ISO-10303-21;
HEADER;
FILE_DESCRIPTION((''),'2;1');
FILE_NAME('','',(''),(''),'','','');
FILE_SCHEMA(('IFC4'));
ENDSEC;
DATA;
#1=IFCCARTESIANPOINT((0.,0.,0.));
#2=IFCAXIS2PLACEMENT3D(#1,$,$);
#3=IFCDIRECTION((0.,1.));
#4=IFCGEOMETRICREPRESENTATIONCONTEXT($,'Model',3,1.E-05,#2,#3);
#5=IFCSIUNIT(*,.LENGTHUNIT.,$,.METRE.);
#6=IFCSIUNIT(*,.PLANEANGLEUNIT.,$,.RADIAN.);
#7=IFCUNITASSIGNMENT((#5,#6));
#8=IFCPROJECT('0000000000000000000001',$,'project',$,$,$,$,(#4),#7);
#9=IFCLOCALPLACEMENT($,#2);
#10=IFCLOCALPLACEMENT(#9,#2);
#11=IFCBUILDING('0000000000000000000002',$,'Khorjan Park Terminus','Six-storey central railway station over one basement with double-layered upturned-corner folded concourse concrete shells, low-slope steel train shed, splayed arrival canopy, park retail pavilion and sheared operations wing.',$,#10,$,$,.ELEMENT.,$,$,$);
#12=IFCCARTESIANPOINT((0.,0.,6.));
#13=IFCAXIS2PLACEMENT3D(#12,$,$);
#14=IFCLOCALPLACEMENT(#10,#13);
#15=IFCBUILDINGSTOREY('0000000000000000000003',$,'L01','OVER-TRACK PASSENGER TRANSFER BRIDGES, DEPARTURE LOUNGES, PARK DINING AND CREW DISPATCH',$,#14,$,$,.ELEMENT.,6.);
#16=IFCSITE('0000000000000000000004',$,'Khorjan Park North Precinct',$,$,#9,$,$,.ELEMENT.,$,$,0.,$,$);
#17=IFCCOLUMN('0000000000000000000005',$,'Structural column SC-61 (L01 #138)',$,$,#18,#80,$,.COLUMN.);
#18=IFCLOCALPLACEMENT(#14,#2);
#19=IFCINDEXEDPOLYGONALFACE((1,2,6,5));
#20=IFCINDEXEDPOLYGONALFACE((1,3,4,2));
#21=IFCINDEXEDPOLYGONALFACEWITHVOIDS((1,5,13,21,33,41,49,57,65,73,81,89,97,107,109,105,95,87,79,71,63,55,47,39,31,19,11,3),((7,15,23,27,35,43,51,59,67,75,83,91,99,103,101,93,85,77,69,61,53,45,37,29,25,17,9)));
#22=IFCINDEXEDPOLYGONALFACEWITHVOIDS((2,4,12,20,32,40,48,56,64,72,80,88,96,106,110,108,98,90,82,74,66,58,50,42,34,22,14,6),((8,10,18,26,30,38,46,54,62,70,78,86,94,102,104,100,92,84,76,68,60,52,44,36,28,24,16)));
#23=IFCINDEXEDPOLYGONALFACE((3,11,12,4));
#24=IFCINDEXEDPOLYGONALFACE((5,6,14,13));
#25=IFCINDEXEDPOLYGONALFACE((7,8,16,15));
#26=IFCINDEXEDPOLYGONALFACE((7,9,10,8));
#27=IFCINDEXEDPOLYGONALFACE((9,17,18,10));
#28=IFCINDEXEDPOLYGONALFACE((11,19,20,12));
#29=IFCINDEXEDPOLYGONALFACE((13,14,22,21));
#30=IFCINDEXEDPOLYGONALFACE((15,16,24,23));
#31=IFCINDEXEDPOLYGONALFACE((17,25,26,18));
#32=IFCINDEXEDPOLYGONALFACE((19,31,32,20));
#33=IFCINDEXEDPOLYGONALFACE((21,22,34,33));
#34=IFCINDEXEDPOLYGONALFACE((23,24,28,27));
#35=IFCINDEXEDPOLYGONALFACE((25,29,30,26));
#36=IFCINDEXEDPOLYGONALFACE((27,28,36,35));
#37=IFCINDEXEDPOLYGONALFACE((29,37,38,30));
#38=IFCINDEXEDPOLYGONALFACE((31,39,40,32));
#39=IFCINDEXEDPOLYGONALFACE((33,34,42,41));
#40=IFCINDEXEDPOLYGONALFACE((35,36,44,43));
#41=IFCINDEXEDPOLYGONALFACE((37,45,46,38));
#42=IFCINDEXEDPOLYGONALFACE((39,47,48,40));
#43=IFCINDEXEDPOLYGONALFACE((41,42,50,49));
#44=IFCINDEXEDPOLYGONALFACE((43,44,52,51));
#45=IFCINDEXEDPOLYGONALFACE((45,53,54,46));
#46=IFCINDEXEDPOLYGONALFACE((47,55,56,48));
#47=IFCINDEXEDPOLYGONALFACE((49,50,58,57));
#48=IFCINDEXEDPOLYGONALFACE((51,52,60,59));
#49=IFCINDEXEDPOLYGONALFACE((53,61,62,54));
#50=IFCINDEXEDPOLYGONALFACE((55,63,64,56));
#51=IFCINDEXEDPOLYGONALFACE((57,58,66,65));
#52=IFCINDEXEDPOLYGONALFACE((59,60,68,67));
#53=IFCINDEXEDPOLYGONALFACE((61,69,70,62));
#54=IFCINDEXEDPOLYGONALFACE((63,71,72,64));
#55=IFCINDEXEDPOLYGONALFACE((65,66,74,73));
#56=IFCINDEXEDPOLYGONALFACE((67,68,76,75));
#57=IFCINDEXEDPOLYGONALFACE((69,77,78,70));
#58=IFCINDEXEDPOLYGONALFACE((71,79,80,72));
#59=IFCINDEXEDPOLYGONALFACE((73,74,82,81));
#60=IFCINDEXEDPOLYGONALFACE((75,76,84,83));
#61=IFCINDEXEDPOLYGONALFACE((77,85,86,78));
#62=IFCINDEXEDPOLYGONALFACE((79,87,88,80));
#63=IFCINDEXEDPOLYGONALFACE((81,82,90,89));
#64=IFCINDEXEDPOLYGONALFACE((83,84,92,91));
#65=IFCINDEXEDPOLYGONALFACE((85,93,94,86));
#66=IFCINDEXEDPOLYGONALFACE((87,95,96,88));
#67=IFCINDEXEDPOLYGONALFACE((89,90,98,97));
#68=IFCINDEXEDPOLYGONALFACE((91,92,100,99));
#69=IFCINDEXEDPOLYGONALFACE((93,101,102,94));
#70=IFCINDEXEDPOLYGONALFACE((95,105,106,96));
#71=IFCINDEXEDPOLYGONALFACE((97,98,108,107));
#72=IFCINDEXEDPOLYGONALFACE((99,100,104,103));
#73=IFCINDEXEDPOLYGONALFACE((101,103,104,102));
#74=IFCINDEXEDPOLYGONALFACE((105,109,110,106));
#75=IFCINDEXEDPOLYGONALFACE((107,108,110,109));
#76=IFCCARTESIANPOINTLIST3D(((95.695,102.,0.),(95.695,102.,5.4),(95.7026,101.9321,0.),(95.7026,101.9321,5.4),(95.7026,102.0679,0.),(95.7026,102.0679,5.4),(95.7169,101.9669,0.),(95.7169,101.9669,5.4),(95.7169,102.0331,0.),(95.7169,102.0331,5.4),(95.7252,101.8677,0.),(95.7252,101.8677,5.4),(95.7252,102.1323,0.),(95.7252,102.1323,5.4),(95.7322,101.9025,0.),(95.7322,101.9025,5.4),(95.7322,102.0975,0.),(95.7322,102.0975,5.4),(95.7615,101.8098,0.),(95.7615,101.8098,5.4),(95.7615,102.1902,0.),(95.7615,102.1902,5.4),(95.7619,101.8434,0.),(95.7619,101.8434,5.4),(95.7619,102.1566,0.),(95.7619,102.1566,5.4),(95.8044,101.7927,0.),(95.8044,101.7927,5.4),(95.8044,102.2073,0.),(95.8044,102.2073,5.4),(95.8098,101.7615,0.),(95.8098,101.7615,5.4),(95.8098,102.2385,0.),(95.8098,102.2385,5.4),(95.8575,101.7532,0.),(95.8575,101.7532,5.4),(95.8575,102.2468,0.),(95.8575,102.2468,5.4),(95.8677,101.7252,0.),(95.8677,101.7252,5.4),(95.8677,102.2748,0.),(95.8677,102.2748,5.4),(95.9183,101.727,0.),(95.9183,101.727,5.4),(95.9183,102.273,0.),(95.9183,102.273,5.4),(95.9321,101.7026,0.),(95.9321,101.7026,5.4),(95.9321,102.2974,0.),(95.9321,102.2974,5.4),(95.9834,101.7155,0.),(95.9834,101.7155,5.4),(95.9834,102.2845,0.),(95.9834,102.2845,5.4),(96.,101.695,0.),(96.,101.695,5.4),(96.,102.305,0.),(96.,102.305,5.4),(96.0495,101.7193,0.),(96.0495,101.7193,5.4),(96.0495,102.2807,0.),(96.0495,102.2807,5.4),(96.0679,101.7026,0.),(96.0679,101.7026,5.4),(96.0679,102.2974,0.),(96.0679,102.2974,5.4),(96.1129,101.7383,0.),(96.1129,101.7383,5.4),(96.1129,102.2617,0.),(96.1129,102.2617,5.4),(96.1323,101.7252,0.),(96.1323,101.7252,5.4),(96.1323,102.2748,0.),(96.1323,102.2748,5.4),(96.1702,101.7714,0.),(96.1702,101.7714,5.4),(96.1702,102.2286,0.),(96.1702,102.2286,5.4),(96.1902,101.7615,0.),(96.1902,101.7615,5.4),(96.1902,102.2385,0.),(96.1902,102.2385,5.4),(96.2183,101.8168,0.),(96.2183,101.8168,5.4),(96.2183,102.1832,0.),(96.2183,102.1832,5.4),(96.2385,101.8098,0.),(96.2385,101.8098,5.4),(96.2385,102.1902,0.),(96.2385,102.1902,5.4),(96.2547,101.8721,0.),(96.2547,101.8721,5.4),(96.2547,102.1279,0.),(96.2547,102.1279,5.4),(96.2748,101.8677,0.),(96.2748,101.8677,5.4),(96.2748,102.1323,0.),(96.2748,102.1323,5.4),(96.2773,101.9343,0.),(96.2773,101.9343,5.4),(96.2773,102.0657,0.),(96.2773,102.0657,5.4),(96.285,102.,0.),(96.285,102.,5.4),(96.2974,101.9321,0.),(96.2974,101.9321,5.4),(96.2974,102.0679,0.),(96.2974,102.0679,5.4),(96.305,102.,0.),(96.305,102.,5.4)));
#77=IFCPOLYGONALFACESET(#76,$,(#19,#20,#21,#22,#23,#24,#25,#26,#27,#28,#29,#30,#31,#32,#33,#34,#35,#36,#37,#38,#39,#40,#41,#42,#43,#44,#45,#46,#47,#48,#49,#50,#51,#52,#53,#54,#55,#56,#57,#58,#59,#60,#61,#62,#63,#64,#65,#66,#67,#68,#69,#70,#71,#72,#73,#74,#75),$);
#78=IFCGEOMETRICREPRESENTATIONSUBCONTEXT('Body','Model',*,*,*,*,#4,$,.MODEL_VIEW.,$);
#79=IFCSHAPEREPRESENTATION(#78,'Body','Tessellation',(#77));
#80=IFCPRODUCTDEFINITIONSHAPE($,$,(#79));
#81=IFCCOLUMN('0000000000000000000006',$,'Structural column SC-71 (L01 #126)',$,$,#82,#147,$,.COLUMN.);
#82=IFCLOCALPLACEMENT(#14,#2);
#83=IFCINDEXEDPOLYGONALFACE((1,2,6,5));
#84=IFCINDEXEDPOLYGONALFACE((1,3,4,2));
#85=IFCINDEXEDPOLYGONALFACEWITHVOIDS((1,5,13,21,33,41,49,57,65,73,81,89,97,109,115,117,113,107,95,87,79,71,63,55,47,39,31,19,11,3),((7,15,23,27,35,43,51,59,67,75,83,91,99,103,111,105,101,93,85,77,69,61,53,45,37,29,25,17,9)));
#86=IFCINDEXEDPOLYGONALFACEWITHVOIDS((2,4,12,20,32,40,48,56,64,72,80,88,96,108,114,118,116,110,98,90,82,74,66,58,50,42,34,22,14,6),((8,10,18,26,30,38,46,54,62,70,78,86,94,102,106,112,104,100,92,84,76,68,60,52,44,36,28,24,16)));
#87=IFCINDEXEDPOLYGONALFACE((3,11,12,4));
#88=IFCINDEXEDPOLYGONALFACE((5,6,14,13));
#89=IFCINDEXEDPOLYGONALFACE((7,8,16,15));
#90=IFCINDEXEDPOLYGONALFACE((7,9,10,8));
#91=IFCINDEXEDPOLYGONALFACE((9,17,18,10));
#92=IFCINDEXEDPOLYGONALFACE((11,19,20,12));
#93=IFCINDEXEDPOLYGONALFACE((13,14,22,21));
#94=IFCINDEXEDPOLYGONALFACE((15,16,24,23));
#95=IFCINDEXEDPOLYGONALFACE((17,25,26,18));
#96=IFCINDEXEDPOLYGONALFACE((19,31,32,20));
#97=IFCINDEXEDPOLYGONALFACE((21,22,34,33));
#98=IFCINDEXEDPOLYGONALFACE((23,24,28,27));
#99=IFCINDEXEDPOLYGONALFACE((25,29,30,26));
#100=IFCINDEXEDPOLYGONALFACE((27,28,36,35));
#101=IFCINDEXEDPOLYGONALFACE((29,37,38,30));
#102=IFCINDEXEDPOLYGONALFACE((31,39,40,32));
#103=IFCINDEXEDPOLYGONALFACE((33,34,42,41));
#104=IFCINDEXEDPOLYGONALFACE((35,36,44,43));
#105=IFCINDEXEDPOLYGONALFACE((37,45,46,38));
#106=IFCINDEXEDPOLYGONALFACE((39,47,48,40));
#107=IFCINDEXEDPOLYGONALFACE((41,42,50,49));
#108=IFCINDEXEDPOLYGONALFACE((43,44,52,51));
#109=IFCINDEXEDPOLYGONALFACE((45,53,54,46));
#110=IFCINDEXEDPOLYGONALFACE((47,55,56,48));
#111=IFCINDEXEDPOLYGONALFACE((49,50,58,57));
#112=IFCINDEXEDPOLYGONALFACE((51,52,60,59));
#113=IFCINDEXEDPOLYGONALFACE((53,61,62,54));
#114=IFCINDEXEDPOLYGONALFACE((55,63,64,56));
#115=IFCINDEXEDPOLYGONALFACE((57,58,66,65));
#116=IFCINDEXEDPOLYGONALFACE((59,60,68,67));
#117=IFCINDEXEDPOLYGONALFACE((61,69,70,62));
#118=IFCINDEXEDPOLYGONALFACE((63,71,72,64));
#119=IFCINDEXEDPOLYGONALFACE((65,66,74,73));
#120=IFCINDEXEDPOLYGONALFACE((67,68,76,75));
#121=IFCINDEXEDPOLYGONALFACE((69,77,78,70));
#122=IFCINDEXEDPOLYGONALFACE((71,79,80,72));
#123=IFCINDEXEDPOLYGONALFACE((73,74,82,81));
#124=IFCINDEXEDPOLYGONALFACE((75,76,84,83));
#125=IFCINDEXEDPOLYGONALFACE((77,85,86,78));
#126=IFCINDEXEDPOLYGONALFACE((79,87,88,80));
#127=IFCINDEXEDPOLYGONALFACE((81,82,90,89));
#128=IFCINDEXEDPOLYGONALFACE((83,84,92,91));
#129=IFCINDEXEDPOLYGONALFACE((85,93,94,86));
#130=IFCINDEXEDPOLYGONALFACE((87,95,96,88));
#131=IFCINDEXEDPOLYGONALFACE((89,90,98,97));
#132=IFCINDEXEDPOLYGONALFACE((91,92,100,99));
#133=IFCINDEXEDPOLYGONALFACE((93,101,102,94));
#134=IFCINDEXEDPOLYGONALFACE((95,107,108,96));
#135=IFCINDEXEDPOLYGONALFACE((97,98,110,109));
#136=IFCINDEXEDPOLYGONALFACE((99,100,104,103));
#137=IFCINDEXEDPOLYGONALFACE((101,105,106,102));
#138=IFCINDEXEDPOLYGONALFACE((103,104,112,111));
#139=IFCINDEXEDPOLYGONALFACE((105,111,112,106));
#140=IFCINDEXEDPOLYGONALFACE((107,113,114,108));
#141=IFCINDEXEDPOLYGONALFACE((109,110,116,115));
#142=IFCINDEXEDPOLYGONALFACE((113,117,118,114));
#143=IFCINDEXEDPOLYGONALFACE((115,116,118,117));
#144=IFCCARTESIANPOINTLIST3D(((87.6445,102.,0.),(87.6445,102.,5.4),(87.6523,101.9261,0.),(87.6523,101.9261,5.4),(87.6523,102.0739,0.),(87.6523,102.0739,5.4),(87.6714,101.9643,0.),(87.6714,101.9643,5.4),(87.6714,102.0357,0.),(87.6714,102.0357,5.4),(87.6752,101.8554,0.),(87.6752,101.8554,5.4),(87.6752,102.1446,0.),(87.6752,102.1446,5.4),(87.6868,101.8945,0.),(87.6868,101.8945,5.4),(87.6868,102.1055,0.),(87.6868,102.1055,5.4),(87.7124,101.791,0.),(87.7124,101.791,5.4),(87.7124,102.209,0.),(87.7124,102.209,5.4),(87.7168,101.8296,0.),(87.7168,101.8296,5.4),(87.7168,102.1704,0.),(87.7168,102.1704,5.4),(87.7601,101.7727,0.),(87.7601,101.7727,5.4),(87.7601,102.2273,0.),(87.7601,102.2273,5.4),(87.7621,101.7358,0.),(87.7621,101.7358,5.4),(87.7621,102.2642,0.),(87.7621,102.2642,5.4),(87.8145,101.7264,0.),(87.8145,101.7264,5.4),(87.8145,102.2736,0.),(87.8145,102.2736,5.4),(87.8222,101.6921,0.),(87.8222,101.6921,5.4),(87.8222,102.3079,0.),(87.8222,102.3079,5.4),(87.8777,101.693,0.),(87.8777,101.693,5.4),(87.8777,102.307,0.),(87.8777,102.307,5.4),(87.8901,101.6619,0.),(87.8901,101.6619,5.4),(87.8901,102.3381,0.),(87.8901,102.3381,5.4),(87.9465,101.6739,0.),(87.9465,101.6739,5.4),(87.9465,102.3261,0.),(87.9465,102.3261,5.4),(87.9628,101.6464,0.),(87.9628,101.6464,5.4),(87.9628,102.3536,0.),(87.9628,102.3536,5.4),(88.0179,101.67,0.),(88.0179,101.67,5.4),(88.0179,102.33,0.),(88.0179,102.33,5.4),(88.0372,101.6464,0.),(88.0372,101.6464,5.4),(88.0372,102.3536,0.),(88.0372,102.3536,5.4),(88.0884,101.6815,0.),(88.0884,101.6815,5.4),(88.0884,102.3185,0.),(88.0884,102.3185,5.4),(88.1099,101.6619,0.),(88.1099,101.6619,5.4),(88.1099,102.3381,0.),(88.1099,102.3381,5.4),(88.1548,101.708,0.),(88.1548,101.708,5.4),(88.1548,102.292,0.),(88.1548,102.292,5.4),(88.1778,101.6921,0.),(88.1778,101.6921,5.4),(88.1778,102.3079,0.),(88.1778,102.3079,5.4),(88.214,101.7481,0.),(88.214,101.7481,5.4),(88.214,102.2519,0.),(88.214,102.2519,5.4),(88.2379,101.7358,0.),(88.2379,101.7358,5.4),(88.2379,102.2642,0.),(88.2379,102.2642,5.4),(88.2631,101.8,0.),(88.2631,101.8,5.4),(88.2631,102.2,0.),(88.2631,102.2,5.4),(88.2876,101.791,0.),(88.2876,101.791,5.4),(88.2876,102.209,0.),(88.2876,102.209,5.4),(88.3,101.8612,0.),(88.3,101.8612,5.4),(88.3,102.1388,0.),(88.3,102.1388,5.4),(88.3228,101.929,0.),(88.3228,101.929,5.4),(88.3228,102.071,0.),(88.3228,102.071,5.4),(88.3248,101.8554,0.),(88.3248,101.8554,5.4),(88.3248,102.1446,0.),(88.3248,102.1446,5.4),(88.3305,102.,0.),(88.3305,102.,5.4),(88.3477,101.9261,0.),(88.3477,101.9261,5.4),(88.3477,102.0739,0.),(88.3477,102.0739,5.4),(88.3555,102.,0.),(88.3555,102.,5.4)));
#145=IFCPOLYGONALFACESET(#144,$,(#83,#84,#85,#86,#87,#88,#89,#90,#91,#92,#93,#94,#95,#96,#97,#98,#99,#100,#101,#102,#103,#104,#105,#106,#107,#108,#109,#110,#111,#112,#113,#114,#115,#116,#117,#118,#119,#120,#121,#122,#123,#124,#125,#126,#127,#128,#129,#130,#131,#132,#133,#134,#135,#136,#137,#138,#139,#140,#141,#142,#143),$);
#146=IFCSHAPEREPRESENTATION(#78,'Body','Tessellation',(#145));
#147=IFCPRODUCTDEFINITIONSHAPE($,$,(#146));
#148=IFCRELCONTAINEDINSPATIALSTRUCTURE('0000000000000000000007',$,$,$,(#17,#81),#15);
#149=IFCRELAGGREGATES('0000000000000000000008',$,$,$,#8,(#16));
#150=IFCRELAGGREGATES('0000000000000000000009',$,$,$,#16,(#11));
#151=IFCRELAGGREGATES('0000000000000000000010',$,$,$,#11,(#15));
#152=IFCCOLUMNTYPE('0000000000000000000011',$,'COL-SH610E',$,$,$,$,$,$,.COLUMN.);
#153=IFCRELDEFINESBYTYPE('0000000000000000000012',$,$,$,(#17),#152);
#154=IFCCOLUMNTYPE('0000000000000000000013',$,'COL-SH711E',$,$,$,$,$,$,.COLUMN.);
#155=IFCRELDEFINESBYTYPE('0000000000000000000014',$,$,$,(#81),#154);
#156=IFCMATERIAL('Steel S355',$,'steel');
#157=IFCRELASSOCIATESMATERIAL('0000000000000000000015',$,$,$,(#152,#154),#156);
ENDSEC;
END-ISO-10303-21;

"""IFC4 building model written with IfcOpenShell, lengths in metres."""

from ifc_helpers import new_model, si_unit, direction, frame, origin, origin_2d, place, context, subcontext, project, spatial, hollow_circle, extrude, material, material_profile, profile_set, type_object, element, save


model = new_model("IFC4")

# Units and contexts
model_context = context("Model", 3, precision=1e-05, world=origin(), true_north=direction((0.0, 1.0)))
body_context = subcontext(model_context, "Body", "Model", "MODEL_VIEW")
ifc_project = project(units=[si_unit("LENGTHUNIT", "METRE"), si_unit("PLANEANGLEUNIT", "RADIAN")], contexts=[model_context])

# Site, building, storey
site_placement = place(None, origin())
site = spatial("IfcSite", under=ifc_project, at=site_placement, Name="Khorjan Park North Precinct", CompositionType="ELEMENT", RefElevation=0.0)
building_placement = place(site_placement, origin())
building = spatial("IfcBuilding", under=site, at=building_placement, Name="Khorjan Park Terminus", Description="Six-storey central railway station over one basement with double-layered upturned-corner folded concourse concrete shells, low-slope steel train shed, splayed arrival canopy, park retail pavilion and sheared operations wing.", CompositionType="ELEMENT")
storey_placement = place(building_placement, frame((0.0, 0.0, 6.0)))
storey = spatial("IfcBuildingStorey", under=building, at=storey_placement, Name="L01", Description="OVER-TRACK PASSENGER TRANSFER BRIDGES, DEPARTURE LOUNGES, PARK DINING AND CREW DISPATCH", CompositionType="ELEMENT", Elevation=6.0)

# Columns
ifc_material_1 = material(Name="Steel S355", Category="steel")
ifc_material_profile_1 = material_profile(ifc_material_1, hollow_circle(Radius=0.305, WallThickness=0.02, at=origin_2d()), Name="CHS 610x20")
ifc_profile_set_1 = profile_set([ifc_material_profile_1], Name="Steel S355")
column_type_1 = type_object("IfcColumnType", Name="COL-SH610E", PredefinedType="COLUMN", material=ifc_profile_set_1)
column_1_placement = place(storey_placement, frame((96.0, 102.0, 0.0), z_axis=(0.0, 0.0, 1.0), x_axis=(1.0, 0.0, 0.0)))
element("IfcColumn", 1, at=column_1_placement, inside=storey, type_object=column_type_1, Name="Structural column SC-61 (L01 #138)", PredefinedType="COLUMN", context=body_context, shape_type="SweptSolid", body=[
    extrude(hollow_circle(Radius=0.305, WallThickness=0.02, at=origin_2d()), origin(), (0.0, 0.0, 1.0), 5.4),
])
ifc_material_profile_2 = material_profile(ifc_material_1, hollow_circle(Radius=0.3555, WallThickness=0.025, at=origin_2d()), Name="CHS 711x25")
ifc_profile_set_2 = profile_set([ifc_material_profile_2], Name="Steel S355")
column_type_2 = type_object("IfcColumnType", Name="COL-SH711E", PredefinedType="COLUMN", material=ifc_profile_set_2)
column_2_placement = place(storey_placement, frame((88.0, 102.0, 0.0), z_axis=(0.0, 0.0, 1.0), x_axis=(1.0, 0.0, 0.0)))
element("IfcColumn", 2, at=column_2_placement, inside=storey, type_object=column_type_2, Name="Structural column SC-71 (L01 #126)", PredefinedType="COLUMN", context=body_context, shape_type="SweptSolid", body=[
    extrude(hollow_circle(Radius=0.3555, WallThickness=0.025, at=origin_2d()), origin(), (0.0, 0.0, 1.0), 5.4),
])

save(model, "model.ifc")
